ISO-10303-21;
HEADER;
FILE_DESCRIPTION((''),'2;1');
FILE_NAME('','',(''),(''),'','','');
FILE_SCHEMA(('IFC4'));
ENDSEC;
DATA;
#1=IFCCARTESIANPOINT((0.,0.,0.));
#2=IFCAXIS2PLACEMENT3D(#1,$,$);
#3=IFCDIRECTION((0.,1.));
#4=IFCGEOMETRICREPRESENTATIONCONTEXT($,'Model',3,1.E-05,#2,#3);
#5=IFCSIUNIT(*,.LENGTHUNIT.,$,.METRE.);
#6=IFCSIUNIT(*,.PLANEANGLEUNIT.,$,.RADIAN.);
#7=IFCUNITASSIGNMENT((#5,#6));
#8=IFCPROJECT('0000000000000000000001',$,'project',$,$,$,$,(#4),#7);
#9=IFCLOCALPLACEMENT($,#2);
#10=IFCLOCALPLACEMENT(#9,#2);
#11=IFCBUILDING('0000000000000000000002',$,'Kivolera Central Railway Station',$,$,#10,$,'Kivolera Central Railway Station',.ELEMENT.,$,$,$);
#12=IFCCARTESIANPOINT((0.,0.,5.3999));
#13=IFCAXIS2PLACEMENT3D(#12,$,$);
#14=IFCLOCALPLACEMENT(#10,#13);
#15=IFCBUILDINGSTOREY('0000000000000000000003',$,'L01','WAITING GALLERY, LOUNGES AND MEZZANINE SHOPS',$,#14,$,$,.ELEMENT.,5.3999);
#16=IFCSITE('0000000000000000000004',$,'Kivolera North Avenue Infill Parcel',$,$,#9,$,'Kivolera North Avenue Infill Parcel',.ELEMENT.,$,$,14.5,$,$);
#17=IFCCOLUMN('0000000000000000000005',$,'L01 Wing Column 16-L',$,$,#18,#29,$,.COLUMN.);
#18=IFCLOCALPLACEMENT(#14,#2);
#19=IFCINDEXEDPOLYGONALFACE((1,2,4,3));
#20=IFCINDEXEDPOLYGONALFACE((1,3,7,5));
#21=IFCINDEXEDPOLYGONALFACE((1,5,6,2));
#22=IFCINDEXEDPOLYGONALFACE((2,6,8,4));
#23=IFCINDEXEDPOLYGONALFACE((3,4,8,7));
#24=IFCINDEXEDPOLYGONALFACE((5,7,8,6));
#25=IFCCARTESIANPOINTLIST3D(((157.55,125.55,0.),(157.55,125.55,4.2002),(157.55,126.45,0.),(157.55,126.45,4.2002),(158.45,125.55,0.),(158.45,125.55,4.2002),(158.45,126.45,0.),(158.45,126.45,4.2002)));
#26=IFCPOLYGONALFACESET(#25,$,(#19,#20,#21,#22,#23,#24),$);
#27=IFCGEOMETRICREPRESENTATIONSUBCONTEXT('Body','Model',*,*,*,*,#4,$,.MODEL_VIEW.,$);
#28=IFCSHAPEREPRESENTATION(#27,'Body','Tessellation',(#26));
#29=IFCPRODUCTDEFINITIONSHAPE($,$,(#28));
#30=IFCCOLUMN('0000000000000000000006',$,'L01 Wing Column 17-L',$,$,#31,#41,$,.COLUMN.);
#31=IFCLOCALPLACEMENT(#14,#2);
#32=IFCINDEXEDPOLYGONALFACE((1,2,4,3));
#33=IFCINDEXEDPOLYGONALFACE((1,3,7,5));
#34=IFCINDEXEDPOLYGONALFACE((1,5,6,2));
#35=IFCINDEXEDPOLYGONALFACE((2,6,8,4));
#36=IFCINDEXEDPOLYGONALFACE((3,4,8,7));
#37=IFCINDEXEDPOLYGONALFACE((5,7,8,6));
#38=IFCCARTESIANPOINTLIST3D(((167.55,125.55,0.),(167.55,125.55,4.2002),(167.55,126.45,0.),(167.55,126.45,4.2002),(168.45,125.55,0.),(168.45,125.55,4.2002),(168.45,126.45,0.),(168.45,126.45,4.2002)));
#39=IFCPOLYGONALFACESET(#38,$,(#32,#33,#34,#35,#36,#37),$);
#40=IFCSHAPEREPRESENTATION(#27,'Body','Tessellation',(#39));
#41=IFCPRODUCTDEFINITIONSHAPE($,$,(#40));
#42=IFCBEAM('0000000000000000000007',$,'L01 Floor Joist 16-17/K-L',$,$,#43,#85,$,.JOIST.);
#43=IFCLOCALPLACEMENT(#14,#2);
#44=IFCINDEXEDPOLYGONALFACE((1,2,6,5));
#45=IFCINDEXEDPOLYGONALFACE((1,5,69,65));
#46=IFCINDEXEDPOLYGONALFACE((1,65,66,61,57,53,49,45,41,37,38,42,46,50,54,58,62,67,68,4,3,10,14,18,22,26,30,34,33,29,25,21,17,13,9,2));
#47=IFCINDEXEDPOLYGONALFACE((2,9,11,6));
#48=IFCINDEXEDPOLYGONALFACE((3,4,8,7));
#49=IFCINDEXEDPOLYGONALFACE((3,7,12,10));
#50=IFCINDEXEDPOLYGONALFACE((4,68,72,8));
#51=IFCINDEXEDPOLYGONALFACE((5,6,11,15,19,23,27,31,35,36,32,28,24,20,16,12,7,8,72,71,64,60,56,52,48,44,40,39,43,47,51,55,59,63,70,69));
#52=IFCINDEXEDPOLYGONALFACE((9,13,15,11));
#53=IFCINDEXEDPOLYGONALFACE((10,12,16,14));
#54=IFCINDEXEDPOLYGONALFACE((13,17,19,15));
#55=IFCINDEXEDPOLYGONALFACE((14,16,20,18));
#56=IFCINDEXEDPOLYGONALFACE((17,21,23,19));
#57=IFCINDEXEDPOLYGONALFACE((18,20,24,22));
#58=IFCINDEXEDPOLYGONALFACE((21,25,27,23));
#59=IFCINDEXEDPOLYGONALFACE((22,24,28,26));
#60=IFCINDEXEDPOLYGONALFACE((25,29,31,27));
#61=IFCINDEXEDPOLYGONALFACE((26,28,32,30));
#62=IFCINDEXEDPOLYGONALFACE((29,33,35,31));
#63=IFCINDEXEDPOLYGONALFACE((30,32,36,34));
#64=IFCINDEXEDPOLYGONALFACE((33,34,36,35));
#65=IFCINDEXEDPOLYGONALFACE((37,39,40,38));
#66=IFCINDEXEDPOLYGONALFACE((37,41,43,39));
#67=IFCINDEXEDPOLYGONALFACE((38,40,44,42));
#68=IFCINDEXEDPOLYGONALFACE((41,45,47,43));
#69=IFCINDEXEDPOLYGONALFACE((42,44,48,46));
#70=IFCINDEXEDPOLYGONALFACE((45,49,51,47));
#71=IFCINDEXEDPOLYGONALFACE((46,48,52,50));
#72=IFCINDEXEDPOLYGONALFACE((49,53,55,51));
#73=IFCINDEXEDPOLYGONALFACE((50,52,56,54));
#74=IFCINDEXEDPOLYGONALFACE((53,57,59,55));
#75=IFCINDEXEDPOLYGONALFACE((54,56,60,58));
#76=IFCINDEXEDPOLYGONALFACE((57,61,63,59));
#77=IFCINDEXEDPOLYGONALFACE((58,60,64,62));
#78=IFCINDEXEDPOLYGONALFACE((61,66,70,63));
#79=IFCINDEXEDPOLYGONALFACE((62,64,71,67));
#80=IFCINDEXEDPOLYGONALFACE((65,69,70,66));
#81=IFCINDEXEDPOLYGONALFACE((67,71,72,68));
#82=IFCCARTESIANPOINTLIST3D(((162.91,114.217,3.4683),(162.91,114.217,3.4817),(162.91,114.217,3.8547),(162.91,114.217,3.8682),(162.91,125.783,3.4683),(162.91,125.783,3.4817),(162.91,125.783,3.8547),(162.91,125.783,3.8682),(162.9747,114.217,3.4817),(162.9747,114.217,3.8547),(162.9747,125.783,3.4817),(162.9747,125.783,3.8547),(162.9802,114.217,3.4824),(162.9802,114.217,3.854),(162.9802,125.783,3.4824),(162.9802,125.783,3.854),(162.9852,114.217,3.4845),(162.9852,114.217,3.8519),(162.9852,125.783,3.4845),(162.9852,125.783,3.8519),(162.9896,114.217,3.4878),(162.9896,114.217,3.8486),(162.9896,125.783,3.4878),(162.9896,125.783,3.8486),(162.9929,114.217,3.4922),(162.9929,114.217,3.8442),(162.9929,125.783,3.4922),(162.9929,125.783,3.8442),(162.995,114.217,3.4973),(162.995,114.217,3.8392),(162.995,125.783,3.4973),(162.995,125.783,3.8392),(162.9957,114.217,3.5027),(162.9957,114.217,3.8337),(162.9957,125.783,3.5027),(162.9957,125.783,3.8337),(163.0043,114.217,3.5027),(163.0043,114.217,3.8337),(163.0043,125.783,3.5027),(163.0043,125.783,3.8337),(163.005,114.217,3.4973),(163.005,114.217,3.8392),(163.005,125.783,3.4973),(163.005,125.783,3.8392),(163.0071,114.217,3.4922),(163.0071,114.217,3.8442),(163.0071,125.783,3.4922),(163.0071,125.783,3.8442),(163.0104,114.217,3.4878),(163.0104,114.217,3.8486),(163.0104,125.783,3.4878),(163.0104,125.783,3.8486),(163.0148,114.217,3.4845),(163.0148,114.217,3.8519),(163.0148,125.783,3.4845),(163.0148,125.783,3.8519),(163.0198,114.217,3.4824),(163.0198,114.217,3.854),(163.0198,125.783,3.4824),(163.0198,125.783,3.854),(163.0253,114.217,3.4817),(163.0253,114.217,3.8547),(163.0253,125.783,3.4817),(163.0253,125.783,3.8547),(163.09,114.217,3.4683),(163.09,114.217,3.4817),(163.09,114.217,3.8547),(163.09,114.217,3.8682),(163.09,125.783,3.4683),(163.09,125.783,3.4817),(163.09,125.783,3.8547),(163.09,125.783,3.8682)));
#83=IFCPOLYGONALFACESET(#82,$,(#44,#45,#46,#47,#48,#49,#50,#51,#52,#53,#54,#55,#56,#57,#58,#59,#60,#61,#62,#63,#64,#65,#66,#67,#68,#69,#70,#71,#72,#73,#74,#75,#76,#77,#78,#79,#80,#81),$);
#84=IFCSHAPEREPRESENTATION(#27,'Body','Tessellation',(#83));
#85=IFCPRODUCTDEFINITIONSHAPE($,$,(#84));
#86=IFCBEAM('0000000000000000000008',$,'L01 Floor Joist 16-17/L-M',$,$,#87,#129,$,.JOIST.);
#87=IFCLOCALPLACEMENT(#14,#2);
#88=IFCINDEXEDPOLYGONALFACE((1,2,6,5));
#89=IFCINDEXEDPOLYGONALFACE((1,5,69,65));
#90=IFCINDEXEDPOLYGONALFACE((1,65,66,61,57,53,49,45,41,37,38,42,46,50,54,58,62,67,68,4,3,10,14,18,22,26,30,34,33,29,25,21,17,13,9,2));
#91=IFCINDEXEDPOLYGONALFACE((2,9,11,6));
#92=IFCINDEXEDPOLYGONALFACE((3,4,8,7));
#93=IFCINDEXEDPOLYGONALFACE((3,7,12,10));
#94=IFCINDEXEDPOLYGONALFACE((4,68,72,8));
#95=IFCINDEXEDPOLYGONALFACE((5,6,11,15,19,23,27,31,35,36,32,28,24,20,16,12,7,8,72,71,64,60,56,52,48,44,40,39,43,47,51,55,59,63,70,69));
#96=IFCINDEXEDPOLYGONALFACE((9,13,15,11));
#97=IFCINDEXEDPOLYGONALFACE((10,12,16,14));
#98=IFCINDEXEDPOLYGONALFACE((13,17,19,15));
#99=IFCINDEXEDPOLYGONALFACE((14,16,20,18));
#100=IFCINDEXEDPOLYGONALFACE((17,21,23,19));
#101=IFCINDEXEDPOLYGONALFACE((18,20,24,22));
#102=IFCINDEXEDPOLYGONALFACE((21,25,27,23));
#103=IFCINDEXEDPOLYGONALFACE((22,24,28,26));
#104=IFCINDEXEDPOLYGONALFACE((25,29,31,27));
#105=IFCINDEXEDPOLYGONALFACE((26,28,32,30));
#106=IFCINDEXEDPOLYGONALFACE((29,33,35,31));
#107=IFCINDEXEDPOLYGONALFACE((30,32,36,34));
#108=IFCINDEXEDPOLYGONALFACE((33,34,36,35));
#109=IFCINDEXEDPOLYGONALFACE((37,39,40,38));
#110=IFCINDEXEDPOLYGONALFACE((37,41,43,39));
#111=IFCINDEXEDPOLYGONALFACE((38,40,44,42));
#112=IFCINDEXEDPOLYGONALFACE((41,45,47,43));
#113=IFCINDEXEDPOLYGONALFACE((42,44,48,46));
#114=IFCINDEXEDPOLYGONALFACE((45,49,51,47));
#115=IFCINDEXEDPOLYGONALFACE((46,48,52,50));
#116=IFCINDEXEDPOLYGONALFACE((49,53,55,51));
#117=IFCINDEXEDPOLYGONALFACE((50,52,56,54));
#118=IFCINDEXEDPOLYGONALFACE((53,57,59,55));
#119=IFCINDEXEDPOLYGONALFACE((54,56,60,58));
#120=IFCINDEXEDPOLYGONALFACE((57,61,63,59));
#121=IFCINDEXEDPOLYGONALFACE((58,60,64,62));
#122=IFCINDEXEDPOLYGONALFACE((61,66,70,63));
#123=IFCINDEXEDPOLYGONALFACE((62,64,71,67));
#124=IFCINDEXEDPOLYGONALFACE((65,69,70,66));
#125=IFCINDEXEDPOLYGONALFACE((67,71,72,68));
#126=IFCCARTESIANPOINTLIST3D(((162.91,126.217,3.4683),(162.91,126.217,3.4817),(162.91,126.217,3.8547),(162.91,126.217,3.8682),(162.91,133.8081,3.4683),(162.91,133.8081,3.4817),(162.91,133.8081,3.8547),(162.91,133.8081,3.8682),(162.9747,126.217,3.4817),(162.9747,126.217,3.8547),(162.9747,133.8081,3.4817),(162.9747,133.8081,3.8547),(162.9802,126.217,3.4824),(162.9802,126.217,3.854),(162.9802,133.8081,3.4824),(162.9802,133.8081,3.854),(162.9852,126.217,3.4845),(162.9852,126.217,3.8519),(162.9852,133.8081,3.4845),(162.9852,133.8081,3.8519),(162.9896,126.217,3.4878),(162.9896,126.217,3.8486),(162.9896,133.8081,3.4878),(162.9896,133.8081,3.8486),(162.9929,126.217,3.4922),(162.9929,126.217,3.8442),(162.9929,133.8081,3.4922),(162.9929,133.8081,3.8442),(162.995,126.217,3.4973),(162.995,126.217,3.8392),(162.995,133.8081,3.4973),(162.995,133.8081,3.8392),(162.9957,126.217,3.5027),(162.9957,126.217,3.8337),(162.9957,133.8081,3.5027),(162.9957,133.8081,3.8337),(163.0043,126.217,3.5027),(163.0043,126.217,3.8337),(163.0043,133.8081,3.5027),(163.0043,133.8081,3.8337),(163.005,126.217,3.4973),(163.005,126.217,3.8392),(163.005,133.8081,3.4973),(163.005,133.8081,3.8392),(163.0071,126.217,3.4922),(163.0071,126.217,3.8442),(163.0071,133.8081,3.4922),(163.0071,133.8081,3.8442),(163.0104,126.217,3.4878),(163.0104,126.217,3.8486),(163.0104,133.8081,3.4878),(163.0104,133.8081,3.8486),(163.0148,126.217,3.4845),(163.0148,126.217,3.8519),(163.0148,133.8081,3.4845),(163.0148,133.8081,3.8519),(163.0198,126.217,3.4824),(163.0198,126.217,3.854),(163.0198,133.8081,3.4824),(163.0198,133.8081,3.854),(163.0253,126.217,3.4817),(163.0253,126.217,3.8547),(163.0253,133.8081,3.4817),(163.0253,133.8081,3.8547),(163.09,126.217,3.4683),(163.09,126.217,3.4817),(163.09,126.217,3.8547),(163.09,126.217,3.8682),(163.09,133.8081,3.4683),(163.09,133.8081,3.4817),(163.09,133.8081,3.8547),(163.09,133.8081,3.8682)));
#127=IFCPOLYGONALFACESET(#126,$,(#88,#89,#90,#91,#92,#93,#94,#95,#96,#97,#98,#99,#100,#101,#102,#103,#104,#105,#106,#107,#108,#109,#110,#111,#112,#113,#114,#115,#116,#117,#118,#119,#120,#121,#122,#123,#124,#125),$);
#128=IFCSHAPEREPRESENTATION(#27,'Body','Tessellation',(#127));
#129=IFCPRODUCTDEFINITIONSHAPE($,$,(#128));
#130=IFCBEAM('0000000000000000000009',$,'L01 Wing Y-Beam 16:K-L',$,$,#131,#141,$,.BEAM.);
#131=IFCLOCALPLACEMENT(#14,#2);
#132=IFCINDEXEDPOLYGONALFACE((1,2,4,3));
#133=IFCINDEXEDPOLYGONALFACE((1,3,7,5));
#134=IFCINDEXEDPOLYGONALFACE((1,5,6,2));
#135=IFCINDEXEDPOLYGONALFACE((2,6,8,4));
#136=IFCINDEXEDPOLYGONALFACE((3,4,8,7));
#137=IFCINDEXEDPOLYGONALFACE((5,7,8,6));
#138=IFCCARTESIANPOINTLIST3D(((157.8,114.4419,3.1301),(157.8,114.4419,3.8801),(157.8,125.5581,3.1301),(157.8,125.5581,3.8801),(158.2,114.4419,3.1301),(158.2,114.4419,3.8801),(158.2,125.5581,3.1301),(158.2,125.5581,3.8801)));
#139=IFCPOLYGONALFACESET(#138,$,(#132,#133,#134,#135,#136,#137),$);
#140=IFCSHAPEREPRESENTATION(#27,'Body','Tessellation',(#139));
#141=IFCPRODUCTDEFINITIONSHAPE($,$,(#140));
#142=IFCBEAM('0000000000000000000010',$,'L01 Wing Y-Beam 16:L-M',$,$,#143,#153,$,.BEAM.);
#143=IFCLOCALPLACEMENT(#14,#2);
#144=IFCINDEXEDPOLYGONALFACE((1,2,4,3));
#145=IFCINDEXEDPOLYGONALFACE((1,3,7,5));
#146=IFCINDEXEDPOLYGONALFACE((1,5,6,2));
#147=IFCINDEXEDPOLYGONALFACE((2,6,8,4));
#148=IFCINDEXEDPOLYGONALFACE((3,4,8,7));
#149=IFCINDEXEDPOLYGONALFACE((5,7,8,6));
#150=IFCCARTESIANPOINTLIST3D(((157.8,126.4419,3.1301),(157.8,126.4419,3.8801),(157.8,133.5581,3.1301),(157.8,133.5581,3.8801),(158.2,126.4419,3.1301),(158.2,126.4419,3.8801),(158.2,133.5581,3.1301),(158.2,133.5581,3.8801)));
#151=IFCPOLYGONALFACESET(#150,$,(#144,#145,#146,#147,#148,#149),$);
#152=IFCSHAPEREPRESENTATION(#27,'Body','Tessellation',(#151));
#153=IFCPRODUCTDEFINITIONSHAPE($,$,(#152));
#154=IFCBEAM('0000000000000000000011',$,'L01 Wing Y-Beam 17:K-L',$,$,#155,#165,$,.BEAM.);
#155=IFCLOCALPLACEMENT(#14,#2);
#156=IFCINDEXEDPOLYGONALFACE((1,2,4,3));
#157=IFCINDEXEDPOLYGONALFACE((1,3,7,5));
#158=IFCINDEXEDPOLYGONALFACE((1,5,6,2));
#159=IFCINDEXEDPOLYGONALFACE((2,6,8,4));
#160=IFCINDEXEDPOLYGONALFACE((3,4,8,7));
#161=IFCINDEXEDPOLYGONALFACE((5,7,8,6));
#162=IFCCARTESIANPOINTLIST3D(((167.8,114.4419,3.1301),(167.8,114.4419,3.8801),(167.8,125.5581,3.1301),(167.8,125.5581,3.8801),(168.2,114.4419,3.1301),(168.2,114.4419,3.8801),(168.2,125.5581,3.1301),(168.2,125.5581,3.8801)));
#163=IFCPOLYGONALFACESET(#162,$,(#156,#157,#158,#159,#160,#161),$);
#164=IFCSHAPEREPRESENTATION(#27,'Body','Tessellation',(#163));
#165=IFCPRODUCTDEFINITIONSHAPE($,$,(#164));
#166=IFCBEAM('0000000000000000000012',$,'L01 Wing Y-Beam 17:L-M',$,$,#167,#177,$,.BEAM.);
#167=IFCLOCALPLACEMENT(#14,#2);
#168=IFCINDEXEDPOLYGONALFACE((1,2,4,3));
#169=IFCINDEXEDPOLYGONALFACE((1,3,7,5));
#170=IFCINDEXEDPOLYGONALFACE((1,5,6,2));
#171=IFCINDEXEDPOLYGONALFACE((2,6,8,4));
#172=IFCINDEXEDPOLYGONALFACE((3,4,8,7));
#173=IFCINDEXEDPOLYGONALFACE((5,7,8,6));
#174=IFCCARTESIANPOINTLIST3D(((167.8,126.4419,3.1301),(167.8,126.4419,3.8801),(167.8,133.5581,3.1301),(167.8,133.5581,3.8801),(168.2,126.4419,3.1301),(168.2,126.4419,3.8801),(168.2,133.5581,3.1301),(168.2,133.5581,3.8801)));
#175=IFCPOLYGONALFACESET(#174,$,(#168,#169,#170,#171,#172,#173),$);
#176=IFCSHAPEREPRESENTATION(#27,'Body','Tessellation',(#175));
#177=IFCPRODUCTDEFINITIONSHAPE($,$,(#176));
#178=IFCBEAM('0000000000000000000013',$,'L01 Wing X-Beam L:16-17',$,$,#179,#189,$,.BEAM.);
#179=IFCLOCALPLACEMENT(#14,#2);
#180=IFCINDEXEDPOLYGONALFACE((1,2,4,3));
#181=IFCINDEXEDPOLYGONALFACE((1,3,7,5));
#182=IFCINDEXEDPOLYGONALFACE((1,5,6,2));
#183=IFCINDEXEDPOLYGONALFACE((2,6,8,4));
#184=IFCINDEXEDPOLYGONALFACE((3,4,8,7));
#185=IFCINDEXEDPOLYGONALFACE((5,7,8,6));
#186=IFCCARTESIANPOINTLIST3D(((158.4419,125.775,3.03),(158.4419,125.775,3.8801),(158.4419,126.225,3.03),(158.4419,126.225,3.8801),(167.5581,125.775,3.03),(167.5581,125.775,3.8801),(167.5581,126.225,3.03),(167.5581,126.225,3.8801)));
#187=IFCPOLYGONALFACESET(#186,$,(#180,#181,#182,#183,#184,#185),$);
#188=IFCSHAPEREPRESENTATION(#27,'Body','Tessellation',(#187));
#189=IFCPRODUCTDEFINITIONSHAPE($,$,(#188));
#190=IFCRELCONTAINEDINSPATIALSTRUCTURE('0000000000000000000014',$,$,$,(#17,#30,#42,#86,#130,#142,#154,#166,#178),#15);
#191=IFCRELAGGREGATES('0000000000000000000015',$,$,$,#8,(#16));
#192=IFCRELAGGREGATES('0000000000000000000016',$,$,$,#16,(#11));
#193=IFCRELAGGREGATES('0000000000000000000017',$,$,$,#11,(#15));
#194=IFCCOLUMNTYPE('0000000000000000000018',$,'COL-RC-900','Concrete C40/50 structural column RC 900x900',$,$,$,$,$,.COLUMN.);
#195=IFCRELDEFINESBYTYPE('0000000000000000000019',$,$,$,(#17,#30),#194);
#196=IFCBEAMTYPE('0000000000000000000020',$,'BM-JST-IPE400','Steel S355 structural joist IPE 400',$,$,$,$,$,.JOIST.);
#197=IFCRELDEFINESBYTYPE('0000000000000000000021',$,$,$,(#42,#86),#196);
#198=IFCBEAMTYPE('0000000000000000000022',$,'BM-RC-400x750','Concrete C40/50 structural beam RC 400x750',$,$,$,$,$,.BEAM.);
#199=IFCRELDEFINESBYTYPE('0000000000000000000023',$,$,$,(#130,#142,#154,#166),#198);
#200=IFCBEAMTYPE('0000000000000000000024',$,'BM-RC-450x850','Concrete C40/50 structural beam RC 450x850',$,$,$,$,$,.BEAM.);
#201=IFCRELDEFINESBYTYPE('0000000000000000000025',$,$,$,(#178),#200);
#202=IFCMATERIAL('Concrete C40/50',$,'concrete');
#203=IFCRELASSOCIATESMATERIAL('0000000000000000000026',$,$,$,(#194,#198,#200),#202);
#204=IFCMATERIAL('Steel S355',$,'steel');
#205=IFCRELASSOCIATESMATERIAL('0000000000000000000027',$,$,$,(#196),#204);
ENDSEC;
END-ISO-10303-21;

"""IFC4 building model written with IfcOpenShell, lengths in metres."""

from ifc_helpers import new_model, si_unit, direction, frame, origin, origin_2d, place, context, subcontext, project, spatial, rectangle, i_section, extrude, material, material_profile, profile_set, type_object, element, save


model = new_model("IFC4")

# Units and contexts
model_context = context("Model", 3, precision=1e-05, world=origin(), true_north=direction((0.0, 1.0)))
body_context = subcontext(model_context, "Body", "Model", "MODEL_VIEW")
ifc_project = project(units=[si_unit("LENGTHUNIT", "METRE"), si_unit("PLANEANGLEUNIT", "RADIAN")], contexts=[model_context])

# Site, building, storey
site_placement = place(None, origin())
site = spatial("IfcSite", under=ifc_project, at=site_placement, Name="Kivolera North Avenue Infill Parcel", LongName="Kivolera North Avenue Infill Parcel", CompositionType="ELEMENT", RefElevation=14.5)
building_placement = place(site_placement, origin())
building = spatial("IfcBuilding", under=site, at=building_placement, Name="Kivolera Central Railway Station", LongName="Kivolera Central Railway Station", CompositionType="ELEMENT")
storey_placement = place(building_placement, frame((0.0, 0.0, 5.3999)))
storey = spatial("IfcBuildingStorey", under=building, at=storey_placement, Name="L01", Description="WAITING GALLERY, LOUNGES AND MEZZANINE SHOPS", CompositionType="ELEMENT", Elevation=5.3999)

# Columns
ifc_material_1 = material(Name="Concrete C40/50", Category="concrete")
ifc_material_profile_1 = material_profile(ifc_material_1, rectangle(XDim=0.8999, YDim=0.8999, at=origin_2d()), Name="RC 900x900")
ifc_profile_set_1 = profile_set([ifc_material_profile_1], Name="Concrete C40/50")
column_type = type_object("IfcColumnType", Name="COL-RC-900", Description="Concrete C40/50 structural column RC 900x900", PredefinedType="COLUMN", material=ifc_profile_set_1)
for number, where, z_axis, x_axis, name in (
    (1, (158.0, 126.0, 0.0), (0.0, 0.0, 1.0), (1.0, 0.0, 0.0), "L01 Wing Column 16-L"),
    (2, (168.0, 126.0, 0.0), (0.0, 0.0, 1.0), (1.0, 0.0, 0.0), "L01 Wing Column 17-L"),
):
    element("IfcColumn", number, at=place(storey_placement, frame(where, z_axis=z_axis, x_axis=x_axis)), inside=storey, type_object=column_type, Name=name, PredefinedType="COLUMN", context=body_context, shape_type="SweptSolid", body=[
        extrude(rectangle(XDim=0.8999, YDim=0.8999, at=origin_2d()), origin(), (0.0, 0.0, 1.0), 4.2002),
    ])

# Beams
ifc_material_2 = material(Name="Steel S355", Category="steel")
ifc_material_profile_2 = material_profile(ifc_material_2, i_section(OverallWidth=0.1799, OverallDepth=0.3999, WebThickness=0.0085, FlangeThickness=0.0134, FilletRadius=0.021, at=origin_2d()), Name="IPE 400")
ifc_profile_set_2 = profile_set([ifc_material_profile_2], Name="Steel S355")
beam_type_1 = type_object("IfcBeamType", Name="BM-JST-IPE400", Description="Steel S355 structural joist IPE 400", PredefinedType="JOIST", material=ifc_profile_set_2)
beam_1_placement = place(storey_placement, frame((163.0, 114.217, 3.6682), z_axis=(0.0, 1.0, 0.0), x_axis=(-1.0, 0.0, 0.0)))
element("IfcBeam", 3, at=beam_1_placement, inside=storey, type_object=beam_type_1, Name="L01 Floor Joist 16-17/K-L", PredefinedType="JOIST", context=body_context, shape_type="SweptSolid", body=[
    extrude(i_section(OverallWidth=0.1799, OverallDepth=0.3999, WebThickness=0.0085, FlangeThickness=0.0134, FilletRadius=0.021, at=origin_2d()), origin(), (0.0, 0.0, 1.0), 11.5659),
])
beam_2_placement = place(storey_placement, frame((163.0, 126.217, 3.6682), z_axis=(0.0, 1.0, 0.0), x_axis=(-1.0, 0.0, 0.0)))
element("IfcBeam", 4, at=beam_2_placement, inside=storey, type_object=beam_type_1, Name="L01 Floor Joist 16-17/L-M", PredefinedType="JOIST", context=body_context, shape_type="SweptSolid", body=[
    extrude(i_section(OverallWidth=0.1799, OverallDepth=0.3999, WebThickness=0.0085, FlangeThickness=0.0134, FilletRadius=0.021, at=origin_2d()), origin(), (0.0, 0.0, 1.0), 7.5911),
])
ifc_material_profile_3 = material_profile(ifc_material_1, rectangle(XDim=0.3999, YDim=0.75, at=origin_2d()), Name="RC 400x750")
ifc_profile_set_3 = profile_set([ifc_material_profile_3], Name="Concrete C40/50")
beam_type_2 = type_object("IfcBeamType", Name="BM-RC-400x750", Description="Concrete C40/50 structural beam RC 400x750", PredefinedType="BEAM", material=ifc_profile_set_3)
beam_3_placement = place(storey_placement, frame((158.0, 114.4419, 3.5051), z_axis=(0.0, 1.0, 0.0), x_axis=(-1.0, 0.0, 0.0)))
element("IfcBeam", 5, at=beam_3_placement, inside=storey, type_object=beam_type_2, Name="L01 Wing Y-Beam 16:K-L", PredefinedType="BEAM", context=body_context, shape_type="SweptSolid", body=[
    extrude(rectangle(XDim=0.3999, YDim=0.75, at=origin_2d()), origin(), (0.0, 0.0, 1.0), 11.1162),
])
beam_4_placement = place(storey_placement, frame((158.0, 126.4419, 3.5051), z_axis=(0.0, 1.0, 0.0), x_axis=(-1.0, 0.0, 0.0)))
element("IfcBeam", 6, at=beam_4_placement, inside=storey, type_object=beam_type_2, Name="L01 Wing Y-Beam 16:L-M", PredefinedType="BEAM", context=body_context, shape_type="SweptSolid", body=[
    extrude(rectangle(XDim=0.3999, YDim=0.75, at=origin_2d()), origin(), (0.0, 0.0, 1.0), 7.1162),
])
beam_5_placement = place(storey_placement, frame((168.0, 114.4419, 3.5051), z_axis=(0.0, 1.0, 0.0), x_axis=(-1.0, 0.0, 0.0)))
element("IfcBeam", 7, at=beam_5_placement, inside=storey, type_object=beam_type_2, Name="L01 Wing Y-Beam 17:K-L", PredefinedType="BEAM", context=body_context, shape_type="SweptSolid", body=[
    extrude(rectangle(XDim=0.3999, YDim=0.75, at=origin_2d()), origin(), (0.0, 0.0, 1.0), 11.1162),
])
beam_6_placement = place(storey_placement, frame((168.0, 126.4419, 3.5051), z_axis=(0.0, 1.0, 0.0), x_axis=(-1.0, 0.0, 0.0)))
element("IfcBeam", 8, at=beam_6_placement, inside=storey, type_object=beam_type_2, Name="L01 Wing Y-Beam 17:L-M", PredefinedType="BEAM", context=body_context, shape_type="SweptSolid", body=[
    extrude(rectangle(XDim=0.3999, YDim=0.75, at=origin_2d()), origin(), (0.0, 0.0, 1.0), 7.1162),
])
ifc_material_profile_4 = material_profile(ifc_material_1, rectangle(XDim=0.45, YDim=0.8501, at=origin_2d()), Name="RC 450x850")
ifc_profile_set_4 = profile_set([ifc_material_profile_4], Name="Concrete C40/50")
beam_type_3 = type_object("IfcBeamType", Name="BM-RC-450x850", Description="Concrete C40/50 structural beam RC 450x850", PredefinedType="BEAM", material=ifc_profile_set_4)
for number, where, z_axis, x_axis, name in (
    (9, (158.4419, 126.0, 3.4551), (1.0, 0.0, 0.0), (0.0, 1.0, 0.0), "L01 Wing X-Beam L:16-17"),
):
    element("IfcBeam", number, at=place(storey_placement, frame(where, z_axis=z_axis, x_axis=x_axis)), inside=storey, type_object=beam_type_3, Name=name, PredefinedType="BEAM", context=body_context, shape_type="SweptSolid", body=[
        extrude(rectangle(XDim=0.45, YDim=0.8501, at=origin_2d()), origin(), (0.0, 0.0, 1.0), 9.1162),
    ])

save(model, "model.ifc")
